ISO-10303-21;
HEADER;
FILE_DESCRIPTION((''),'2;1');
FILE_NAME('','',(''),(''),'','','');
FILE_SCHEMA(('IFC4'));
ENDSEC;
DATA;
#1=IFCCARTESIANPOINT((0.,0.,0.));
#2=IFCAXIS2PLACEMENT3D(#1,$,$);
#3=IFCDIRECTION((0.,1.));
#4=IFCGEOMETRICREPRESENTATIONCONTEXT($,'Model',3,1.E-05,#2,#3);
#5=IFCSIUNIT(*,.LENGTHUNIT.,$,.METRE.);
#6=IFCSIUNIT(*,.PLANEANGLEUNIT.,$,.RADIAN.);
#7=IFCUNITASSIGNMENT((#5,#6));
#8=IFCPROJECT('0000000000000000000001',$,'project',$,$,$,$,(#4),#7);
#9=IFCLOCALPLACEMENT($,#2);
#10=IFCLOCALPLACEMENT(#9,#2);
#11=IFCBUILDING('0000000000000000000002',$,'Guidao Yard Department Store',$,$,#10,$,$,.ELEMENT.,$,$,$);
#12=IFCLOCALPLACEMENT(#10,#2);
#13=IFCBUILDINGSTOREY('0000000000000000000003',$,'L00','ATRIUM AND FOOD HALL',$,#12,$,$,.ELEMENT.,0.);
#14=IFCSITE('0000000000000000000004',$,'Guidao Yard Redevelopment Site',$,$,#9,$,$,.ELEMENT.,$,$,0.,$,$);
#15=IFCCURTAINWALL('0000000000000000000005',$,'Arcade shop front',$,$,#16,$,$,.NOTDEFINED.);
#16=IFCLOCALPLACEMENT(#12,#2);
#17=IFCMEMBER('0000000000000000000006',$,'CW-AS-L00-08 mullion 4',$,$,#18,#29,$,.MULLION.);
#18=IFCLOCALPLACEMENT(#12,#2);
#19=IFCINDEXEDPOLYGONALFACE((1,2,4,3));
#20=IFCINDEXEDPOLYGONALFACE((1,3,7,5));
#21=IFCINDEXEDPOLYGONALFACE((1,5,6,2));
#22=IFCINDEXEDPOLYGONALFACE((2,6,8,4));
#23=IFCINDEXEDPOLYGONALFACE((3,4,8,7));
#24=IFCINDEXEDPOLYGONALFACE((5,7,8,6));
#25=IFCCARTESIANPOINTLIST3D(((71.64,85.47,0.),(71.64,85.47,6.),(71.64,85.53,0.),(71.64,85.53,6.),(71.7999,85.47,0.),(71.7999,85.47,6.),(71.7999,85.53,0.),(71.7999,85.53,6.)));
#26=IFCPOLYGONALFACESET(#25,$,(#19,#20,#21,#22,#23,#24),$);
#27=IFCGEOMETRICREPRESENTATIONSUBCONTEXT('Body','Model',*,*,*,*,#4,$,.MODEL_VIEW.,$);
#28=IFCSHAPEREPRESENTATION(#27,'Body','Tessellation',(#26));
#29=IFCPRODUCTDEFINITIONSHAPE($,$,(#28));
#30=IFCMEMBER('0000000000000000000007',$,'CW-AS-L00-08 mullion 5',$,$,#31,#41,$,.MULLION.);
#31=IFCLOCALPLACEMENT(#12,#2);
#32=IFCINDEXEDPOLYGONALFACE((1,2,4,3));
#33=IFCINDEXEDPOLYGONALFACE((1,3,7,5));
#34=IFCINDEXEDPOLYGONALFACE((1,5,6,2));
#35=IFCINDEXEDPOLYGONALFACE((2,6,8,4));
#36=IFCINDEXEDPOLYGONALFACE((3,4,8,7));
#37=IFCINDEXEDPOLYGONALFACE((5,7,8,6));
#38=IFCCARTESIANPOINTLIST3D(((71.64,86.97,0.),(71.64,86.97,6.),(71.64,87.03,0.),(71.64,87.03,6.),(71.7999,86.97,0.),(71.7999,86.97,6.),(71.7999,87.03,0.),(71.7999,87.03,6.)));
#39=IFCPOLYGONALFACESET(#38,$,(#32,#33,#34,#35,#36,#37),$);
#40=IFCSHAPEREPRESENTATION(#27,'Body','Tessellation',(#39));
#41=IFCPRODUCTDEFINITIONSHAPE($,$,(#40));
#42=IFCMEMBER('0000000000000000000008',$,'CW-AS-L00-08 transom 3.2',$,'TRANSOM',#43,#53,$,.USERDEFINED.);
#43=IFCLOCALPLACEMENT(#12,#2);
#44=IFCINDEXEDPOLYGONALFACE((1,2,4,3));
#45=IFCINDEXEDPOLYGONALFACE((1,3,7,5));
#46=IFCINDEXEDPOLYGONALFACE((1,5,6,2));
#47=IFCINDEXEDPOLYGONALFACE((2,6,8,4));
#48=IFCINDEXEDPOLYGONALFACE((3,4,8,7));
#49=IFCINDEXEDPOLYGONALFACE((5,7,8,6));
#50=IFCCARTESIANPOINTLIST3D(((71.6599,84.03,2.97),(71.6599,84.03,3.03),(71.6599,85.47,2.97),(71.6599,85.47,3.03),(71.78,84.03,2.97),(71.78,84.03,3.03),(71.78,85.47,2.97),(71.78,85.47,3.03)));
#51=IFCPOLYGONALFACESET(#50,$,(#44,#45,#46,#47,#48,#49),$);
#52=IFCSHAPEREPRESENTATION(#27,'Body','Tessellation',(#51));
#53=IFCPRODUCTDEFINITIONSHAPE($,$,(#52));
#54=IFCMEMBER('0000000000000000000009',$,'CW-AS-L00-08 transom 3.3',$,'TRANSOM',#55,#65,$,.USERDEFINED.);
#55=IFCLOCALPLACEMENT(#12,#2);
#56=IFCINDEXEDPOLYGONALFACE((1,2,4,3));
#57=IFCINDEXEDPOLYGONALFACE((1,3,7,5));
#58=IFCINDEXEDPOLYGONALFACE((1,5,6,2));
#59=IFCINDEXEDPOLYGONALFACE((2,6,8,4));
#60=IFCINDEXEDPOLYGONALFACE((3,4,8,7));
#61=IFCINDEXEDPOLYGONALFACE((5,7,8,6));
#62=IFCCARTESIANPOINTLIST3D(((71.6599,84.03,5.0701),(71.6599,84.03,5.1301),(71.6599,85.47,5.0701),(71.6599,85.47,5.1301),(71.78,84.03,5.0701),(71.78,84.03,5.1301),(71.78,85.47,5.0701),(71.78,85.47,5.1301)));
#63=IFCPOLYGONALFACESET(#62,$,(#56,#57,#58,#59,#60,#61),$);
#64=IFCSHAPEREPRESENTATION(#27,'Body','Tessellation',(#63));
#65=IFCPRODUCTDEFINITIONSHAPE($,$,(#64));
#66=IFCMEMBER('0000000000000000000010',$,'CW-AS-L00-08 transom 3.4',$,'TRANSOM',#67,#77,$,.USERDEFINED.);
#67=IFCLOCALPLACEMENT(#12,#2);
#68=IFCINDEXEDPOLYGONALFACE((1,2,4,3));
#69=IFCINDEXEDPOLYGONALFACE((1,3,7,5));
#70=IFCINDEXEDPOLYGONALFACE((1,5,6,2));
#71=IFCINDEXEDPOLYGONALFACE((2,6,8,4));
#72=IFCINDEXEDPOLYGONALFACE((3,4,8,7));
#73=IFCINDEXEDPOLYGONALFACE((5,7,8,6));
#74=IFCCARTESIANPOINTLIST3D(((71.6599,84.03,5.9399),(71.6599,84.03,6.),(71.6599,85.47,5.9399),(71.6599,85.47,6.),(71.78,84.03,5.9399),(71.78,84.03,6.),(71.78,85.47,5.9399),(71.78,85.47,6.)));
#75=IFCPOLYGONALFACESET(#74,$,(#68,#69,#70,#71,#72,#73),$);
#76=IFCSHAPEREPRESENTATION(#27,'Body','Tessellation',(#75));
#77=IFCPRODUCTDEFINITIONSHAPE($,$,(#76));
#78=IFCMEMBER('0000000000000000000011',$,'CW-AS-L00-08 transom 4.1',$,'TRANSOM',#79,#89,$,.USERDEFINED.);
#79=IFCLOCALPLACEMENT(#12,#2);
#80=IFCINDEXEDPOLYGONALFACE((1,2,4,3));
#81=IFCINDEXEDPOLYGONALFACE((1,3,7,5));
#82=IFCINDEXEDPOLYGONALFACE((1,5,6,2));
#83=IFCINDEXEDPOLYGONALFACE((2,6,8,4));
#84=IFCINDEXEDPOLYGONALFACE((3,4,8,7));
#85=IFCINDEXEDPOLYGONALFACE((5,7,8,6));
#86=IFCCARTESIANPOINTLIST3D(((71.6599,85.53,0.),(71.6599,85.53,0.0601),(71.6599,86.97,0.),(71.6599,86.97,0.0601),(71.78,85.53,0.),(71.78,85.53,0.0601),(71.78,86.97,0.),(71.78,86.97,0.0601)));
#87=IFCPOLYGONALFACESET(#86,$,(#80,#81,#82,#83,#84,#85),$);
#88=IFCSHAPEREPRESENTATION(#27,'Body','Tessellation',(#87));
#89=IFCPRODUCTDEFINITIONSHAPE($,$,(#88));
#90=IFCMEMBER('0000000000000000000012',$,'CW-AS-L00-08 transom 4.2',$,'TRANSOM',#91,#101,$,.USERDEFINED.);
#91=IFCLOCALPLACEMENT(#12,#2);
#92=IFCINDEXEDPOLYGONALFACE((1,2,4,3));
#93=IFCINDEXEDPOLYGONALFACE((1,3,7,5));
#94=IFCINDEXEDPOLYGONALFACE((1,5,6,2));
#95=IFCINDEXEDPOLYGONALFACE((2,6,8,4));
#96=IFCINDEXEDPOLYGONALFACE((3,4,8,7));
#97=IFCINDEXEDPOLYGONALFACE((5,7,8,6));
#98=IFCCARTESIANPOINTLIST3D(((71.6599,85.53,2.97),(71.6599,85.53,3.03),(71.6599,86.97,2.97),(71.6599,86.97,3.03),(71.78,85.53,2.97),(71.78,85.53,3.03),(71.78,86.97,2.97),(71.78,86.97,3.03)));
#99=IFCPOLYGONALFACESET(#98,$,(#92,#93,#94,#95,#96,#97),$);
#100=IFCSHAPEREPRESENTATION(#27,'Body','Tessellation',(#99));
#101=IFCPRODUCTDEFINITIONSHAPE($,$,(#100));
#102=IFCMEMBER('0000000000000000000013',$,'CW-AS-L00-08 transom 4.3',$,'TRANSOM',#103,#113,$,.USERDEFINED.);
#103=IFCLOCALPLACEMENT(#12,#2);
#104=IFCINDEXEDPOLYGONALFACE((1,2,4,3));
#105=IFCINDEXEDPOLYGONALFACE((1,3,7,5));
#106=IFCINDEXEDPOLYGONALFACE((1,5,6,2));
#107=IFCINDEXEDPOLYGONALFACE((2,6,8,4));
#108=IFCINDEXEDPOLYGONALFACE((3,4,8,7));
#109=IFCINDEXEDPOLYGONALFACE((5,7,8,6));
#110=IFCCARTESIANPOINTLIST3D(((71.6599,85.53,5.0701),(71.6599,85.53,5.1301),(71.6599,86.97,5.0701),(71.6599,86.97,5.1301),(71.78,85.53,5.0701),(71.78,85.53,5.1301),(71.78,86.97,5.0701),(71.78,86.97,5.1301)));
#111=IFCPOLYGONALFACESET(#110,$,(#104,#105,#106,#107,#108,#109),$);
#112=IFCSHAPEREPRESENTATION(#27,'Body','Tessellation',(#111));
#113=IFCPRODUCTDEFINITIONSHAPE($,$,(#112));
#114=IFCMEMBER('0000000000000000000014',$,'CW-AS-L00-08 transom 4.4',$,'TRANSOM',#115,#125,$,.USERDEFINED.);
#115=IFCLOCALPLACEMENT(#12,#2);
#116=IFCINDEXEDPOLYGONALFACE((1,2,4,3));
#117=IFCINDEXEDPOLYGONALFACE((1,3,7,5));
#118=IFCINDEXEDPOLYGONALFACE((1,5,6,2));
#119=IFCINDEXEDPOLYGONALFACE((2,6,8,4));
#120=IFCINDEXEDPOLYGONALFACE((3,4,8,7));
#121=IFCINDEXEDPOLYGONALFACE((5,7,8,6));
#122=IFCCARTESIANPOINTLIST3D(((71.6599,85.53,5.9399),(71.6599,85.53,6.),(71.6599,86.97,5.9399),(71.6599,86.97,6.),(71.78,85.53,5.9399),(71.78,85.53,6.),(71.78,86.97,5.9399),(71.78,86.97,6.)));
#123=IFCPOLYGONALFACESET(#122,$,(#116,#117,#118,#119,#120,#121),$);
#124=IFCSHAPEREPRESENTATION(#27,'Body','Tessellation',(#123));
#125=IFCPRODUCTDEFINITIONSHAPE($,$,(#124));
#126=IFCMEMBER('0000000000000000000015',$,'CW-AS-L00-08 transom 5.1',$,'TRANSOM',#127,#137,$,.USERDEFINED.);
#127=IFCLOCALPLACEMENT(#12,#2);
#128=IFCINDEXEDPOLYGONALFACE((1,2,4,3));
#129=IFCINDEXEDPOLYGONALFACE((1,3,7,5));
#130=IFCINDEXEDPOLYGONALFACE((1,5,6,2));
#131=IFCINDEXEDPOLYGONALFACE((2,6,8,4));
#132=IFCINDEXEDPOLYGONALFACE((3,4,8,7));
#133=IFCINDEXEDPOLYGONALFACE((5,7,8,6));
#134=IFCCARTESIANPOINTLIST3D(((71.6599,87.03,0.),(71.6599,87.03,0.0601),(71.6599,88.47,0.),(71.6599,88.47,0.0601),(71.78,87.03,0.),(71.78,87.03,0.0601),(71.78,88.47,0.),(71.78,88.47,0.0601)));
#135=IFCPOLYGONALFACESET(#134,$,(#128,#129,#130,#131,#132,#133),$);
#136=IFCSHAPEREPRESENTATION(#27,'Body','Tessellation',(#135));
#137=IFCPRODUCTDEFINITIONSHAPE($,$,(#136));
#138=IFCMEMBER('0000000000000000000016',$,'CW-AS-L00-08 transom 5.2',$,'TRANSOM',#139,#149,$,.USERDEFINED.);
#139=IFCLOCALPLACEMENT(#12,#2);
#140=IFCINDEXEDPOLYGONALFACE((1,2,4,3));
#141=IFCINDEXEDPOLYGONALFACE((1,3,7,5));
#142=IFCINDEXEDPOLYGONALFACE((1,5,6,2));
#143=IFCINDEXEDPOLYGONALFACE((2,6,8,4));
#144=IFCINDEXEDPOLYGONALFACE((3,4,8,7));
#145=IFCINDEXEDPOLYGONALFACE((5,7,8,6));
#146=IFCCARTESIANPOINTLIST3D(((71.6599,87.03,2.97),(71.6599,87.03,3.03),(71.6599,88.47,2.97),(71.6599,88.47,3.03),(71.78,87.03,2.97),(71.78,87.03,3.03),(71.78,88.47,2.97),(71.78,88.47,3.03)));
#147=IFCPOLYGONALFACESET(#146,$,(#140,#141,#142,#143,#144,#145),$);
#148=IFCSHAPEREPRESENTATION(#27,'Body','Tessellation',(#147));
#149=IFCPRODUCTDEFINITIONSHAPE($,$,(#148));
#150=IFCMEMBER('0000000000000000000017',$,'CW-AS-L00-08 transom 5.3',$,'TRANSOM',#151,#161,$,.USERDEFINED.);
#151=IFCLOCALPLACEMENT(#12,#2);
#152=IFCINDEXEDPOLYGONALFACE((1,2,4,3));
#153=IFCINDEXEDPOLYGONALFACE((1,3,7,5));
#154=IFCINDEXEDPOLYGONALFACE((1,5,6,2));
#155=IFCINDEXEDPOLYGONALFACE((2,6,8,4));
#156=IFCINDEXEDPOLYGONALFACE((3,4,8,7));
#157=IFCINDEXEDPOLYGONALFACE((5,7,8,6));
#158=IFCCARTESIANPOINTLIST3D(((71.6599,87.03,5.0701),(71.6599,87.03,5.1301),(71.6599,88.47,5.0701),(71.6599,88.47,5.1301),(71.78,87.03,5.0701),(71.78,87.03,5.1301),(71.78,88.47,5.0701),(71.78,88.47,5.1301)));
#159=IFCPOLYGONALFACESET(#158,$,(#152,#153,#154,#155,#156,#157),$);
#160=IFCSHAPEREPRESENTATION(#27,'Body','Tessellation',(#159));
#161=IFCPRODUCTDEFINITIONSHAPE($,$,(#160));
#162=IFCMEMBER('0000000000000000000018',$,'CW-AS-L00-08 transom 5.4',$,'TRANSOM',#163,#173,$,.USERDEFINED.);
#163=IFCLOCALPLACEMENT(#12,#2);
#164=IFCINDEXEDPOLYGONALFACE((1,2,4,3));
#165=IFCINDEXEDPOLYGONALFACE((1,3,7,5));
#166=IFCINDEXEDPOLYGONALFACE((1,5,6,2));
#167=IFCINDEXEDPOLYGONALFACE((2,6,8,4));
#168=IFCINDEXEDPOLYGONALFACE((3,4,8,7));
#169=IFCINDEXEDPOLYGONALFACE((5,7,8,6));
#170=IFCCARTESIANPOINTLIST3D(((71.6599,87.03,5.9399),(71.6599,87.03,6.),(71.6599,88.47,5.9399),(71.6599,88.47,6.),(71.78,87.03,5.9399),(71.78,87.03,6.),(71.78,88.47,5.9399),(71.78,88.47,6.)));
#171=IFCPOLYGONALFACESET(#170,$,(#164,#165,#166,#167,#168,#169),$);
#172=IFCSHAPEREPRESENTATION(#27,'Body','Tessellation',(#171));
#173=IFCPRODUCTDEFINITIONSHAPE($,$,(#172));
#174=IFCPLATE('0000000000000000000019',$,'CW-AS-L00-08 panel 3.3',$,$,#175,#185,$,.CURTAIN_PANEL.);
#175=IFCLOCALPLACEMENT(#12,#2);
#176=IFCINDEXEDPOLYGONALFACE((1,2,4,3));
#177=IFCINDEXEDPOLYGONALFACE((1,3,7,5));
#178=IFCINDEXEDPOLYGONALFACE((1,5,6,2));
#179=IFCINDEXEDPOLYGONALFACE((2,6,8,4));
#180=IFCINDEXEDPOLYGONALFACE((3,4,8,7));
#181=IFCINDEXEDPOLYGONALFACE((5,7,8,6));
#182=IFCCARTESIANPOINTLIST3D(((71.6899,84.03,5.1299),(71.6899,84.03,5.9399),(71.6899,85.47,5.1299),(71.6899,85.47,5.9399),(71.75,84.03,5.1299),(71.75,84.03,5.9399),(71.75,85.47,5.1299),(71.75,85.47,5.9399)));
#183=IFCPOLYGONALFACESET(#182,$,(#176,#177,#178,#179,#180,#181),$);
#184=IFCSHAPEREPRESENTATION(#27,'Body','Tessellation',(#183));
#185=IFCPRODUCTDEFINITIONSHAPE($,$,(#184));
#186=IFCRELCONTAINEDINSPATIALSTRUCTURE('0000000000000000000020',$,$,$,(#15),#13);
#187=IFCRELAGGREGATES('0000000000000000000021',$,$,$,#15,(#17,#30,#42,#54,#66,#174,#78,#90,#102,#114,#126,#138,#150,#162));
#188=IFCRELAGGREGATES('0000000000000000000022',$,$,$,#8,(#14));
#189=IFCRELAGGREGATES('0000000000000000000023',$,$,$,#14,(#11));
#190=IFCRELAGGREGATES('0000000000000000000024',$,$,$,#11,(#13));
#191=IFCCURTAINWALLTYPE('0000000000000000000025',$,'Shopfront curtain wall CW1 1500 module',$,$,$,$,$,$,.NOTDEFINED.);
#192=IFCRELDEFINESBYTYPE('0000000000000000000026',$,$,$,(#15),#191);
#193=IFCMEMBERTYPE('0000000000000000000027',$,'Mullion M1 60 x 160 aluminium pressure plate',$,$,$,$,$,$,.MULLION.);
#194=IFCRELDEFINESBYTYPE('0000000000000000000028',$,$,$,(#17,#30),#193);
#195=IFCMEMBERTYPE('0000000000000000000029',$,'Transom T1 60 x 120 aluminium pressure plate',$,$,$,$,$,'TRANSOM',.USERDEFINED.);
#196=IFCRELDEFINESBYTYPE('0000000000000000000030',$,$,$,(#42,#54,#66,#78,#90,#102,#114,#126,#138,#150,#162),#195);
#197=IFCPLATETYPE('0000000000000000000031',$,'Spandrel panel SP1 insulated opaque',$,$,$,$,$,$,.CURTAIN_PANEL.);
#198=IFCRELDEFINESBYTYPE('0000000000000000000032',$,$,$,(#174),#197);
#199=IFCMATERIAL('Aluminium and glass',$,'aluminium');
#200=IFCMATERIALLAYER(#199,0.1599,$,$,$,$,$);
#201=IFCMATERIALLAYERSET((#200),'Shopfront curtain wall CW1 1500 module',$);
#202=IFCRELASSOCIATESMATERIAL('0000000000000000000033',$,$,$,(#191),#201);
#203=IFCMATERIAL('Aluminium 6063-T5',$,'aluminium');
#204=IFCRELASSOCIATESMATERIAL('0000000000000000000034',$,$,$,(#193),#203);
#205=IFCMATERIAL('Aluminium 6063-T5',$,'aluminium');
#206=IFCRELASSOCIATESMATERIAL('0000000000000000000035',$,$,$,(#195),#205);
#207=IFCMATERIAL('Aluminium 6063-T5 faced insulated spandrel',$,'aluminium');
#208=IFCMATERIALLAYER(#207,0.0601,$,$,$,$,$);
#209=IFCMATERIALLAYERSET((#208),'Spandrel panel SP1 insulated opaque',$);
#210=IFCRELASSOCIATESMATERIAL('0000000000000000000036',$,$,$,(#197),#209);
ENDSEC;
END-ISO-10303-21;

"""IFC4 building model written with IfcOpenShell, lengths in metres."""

from ifc_helpers import new_model, si_unit, direction, frame, origin, origin_2d, place, context, subcontext, project, spatial, rectangle, extrude, material, layer, layer_set, material_profile, profile_set, type_object, element, aggregate, save


model = new_model("IFC4")

# Units and contexts
model_context = context("Model", 3, precision=1e-05, world=origin(), true_north=direction((0.0, 1.0)))
body_context = subcontext(model_context, "Body", "Model", "MODEL_VIEW")
ifc_project = project(units=[si_unit("LENGTHUNIT", "METRE"), si_unit("PLANEANGLEUNIT", "RADIAN")], contexts=[model_context])

# Site, building, storey
site_placement = place(None, origin())
site = spatial("IfcSite", under=ifc_project, at=site_placement, Name="Guidao Yard Redevelopment Site", CompositionType="ELEMENT", RefElevation=0.0)
building_placement = place(site_placement, origin())
building = spatial("IfcBuilding", under=site, at=building_placement, Name="Guidao Yard Department Store", CompositionType="ELEMENT")
storey_placement = place(building_placement, origin())
storey = spatial("IfcBuildingStorey", under=building, at=storey_placement, Name="L00", Description="ATRIUM AND FOOD HALL", CompositionType="ELEMENT", Elevation=0.0)

# Curtain wall, members, plate
ifc_material_1 = material(Name="Aluminium and glass", Category="aluminium")
ifc_layer_1 = layer(ifc_material_1, 0.1599)
ifc_layer_set_1 = layer_set([ifc_layer_1], Name="Shopfront curtain wall CW1 1500 module")
curtain_wall_type = type_object("IfcCurtainWallType", Name="Shopfront curtain wall CW1 1500 module", PredefinedType="NOTDEFINED", material=ifc_layer_set_1)
curtain_wall_placement = place(storey_placement, origin())
curtain_wall = element("IfcCurtainWall", 1, at=curtain_wall_placement, inside=storey, type_object=curtain_wall_type, Name="Arcade shop front", PredefinedType="NOTDEFINED")
ifc_material_2 = material(Name="Aluminium 6063-T5", Category="aluminium")
ifc_material_profile_1 = material_profile(ifc_material_2, rectangle(XDim=0.0601, YDim=0.1599, at=origin_2d()), Name="Mullion M1 60 x 160 aluminium pressure plate")
ifc_profile_set_1 = profile_set([ifc_material_profile_1], Name="Aluminium 6063-T5")
member_type_1 = type_object("IfcMemberType", Name="Mullion M1 60 x 160 aluminium pressure plate", PredefinedType="MULLION", material=ifc_profile_set_1)
member_1_placement = place(storey_placement, frame((71.72, 85.5, 0.0), z_axis=(0.0, 0.0, 1.0), x_axis=(0.0, 1.0, 0.0)))
member_1 = element("IfcMember", 2, at=member_1_placement, type_object=member_type_1, Name="CW-AS-L00-08 mullion 4", PredefinedType="MULLION", context=body_context, shape_type="SweptSolid", body=[
    extrude(rectangle(XDim=0.0601, YDim=0.1599, at=origin_2d()), origin(), (0.0, 0.0, 1.0), 6.0),
])
member_2_placement = place(storey_placement, frame((71.72, 87.0, 0.0), z_axis=(0.0, 0.0, 1.0), x_axis=(0.0, 1.0, 0.0)))
member_2 = element("IfcMember", 3, at=member_2_placement, type_object=member_type_1, Name="CW-AS-L00-08 mullion 5", PredefinedType="MULLION", context=body_context, shape_type="SweptSolid", body=[
    extrude(rectangle(XDim=0.0601, YDim=0.1599, at=origin_2d()), origin(), (0.0, 0.0, 1.0), 6.0),
])
ifc_material_3 = material(Name="Aluminium 6063-T5", Category="aluminium")
ifc_material_profile_2 = material_profile(ifc_material_3, rectangle(XDim=0.1201, YDim=0.0601, at=origin_2d()), Name="Transom T1 60 x 120 aluminium pressure plate")
ifc_profile_set_2 = profile_set([ifc_material_profile_2], Name="Aluminium 6063-T5")
member_type_2 = type_object("IfcMemberType", Name="Transom T1 60 x 120 aluminium pressure plate", ElementType="TRANSOM", PredefinedType="USERDEFINED", material=ifc_profile_set_2)
member_3_placement = place(storey_placement, frame((71.72, 84.03, 3.0), z_axis=(0.0, 1.0, 0.0), x_axis=(-1.0, 0.0, 0.0)))
member_3 = element("IfcMember", 4, at=member_3_placement, type_object=member_type_2, Name="CW-AS-L00-08 transom 3.2", ObjectType="TRANSOM", PredefinedType="USERDEFINED", context=body_context, shape_type="SweptSolid", body=[
    extrude(rectangle(XDim=0.1201, YDim=0.0601, at=origin_2d()), origin(), (0.0, 0.0, 1.0), 1.4399),
])
member_4_placement = place(storey_placement, frame((71.72, 84.03, 5.1001), z_axis=(0.0, 1.0, 0.0), x_axis=(-1.0, 0.0, 0.0)))
member_4 = element("IfcMember", 5, at=member_4_placement, type_object=member_type_2, Name="CW-AS-L00-08 transom 3.3", ObjectType="TRANSOM", PredefinedType="USERDEFINED", context=body_context, shape_type="SweptSolid", body=[
    extrude(rectangle(XDim=0.1201, YDim=0.0601, at=origin_2d()), origin(), (0.0, 0.0, 1.0), 1.4399),
])
member_5_placement = place(storey_placement, frame((71.72, 84.03, 5.97), z_axis=(0.0, 1.0, 0.0), x_axis=(-1.0, 0.0, 0.0)))
member_5 = element("IfcMember", 6, at=member_5_placement, type_object=member_type_2, Name="CW-AS-L00-08 transom 3.4", ObjectType="TRANSOM", PredefinedType="USERDEFINED", context=body_context, shape_type="SweptSolid", body=[
    extrude(rectangle(XDim=0.1201, YDim=0.0601, at=origin_2d()), origin(), (0.0, 0.0, 1.0), 1.4399),
])
member_6_placement = place(storey_placement, frame((71.72, 85.53, 0.03), z_axis=(0.0, 1.0, 0.0), x_axis=(-1.0, 0.0, 0.0)))
member_6 = element("IfcMember", 7, at=member_6_placement, type_object=member_type_2, Name="CW-AS-L00-08 transom 4.1", ObjectType="TRANSOM", PredefinedType="USERDEFINED", context=body_context, shape_type="SweptSolid", body=[
    extrude(rectangle(XDim=0.1201, YDim=0.0601, at=origin_2d()), origin(), (0.0, 0.0, 1.0), 1.4399),
])
member_7_placement = place(storey_placement, frame((71.72, 85.53, 3.0), z_axis=(0.0, 1.0, 0.0), x_axis=(-1.0, 0.0, 0.0)))
member_7 = element("IfcMember", 8, at=member_7_placement, type_object=member_type_2, Name="CW-AS-L00-08 transom 4.2", ObjectType="TRANSOM", PredefinedType="USERDEFINED", context=body_context, shape_type="SweptSolid", body=[
    extrude(rectangle(XDim=0.1201, YDim=0.0601, at=origin_2d()), origin(), (0.0, 0.0, 1.0), 1.4399),
])
member_8_placement = place(storey_placement, frame((71.72, 85.53, 5.1001), z_axis=(0.0, 1.0, 0.0), x_axis=(-1.0, 0.0, 0.0)))
member_8 = element("IfcMember", 9, at=member_8_placement, type_object=member_type_2, Name="CW-AS-L00-08 transom 4.3", ObjectType="TRANSOM", PredefinedType="USERDEFINED", context=body_context, shape_type="SweptSolid", body=[
    extrude(rectangle(XDim=0.1201, YDim=0.0601, at=origin_2d()), origin(), (0.0, 0.0, 1.0), 1.4399),
])
member_9_placement = place(storey_placement, frame((71.72, 85.53, 5.97), z_axis=(0.0, 1.0, 0.0), x_axis=(-1.0, 0.0, 0.0)))
member_9 = element("IfcMember", 10, at=member_9_placement, type_object=member_type_2, Name="CW-AS-L00-08 transom 4.4", ObjectType="TRANSOM", PredefinedType="USERDEFINED", context=body_context, shape_type="SweptSolid", body=[
    extrude(rectangle(XDim=0.1201, YDim=0.0601, at=origin_2d()), origin(), (0.0, 0.0, 1.0), 1.4399),
])
member_10_placement = place(storey_placement, frame((71.72, 87.03, 0.03), z_axis=(0.0, 1.0, 0.0), x_axis=(-1.0, 0.0, 0.0)))
member_10 = element("IfcMember", 11, at=member_10_placement, type_object=member_type_2, Name="CW-AS-L00-08 transom 5.1", ObjectType="TRANSOM", PredefinedType="USERDEFINED", context=body_context, shape_type="SweptSolid", body=[
    extrude(rectangle(XDim=0.1201, YDim=0.0601, at=origin_2d()), origin(), (0.0, 0.0, 1.0), 1.4399),
])
member_11_placement = place(storey_placement, frame((71.72, 87.03, 3.0), z_axis=(0.0, 1.0, 0.0), x_axis=(-1.0, 0.0, 0.0)))
member_11 = element("IfcMember", 12, at=member_11_placement, type_object=member_type_2, Name="CW-AS-L00-08 transom 5.2", ObjectType="TRANSOM", PredefinedType="USERDEFINED", context=body_context, shape_type="SweptSolid", body=[
    extrude(rectangle(XDim=0.1201, YDim=0.0601, at=origin_2d()), origin(), (0.0, 0.0, 1.0), 1.4399),
])
member_12_placement = place(storey_placement, frame((71.72, 87.03, 5.1001), z_axis=(0.0, 1.0, 0.0), x_axis=(-1.0, 0.0, 0.0)))
member_12 = element("IfcMember", 13, at=member_12_placement, type_object=member_type_2, Name="CW-AS-L00-08 transom 5.3", ObjectType="TRANSOM", PredefinedType="USERDEFINED", context=body_context, shape_type="SweptSolid", body=[
    extrude(rectangle(XDim=0.1201, YDim=0.0601, at=origin_2d()), origin(), (0.0, 0.0, 1.0), 1.4399),
])
member_13_placement = place(storey_placement, frame((71.72, 87.03, 5.97), z_axis=(0.0, 1.0, 0.0), x_axis=(-1.0, 0.0, 0.0)))
member_13 = element("IfcMember", 14, at=member_13_placement, type_object=member_type_2, Name="CW-AS-L00-08 transom 5.4", ObjectType="TRANSOM", PredefinedType="USERDEFINED", context=body_context, shape_type="SweptSolid", body=[
    extrude(rectangle(XDim=0.1201, YDim=0.0601, at=origin_2d()), origin(), (0.0, 0.0, 1.0), 1.4399),
])
ifc_material_4 = material(Name="Aluminium 6063-T5 faced insulated spandrel", Category="aluminium")
ifc_layer_2 = layer(ifc_material_4, 0.0601)
ifc_layer_set_2 = layer_set([ifc_layer_2], Name="Spandrel panel SP1 insulated opaque")
plate_type_1 = type_object("IfcPlateType", Name="Spandrel panel SP1 insulated opaque", PredefinedType="CURTAIN_PANEL", material=ifc_layer_set_2)
plate_1_placement = place(storey_placement, frame((71.72, 84.75, 5.1299), z_axis=(0.0, 0.0, 1.0), x_axis=(0.0, 1.0, 0.0)))
plate_1 = element("IfcPlate", 15, at=plate_1_placement, type_object=plate_type_1, Name="CW-AS-L00-08 panel 3.3", PredefinedType="CURTAIN_PANEL", context=body_context, shape_type="SweptSolid", body=[
    extrude(rectangle(XDim=1.4399, YDim=0.0601, at=origin_2d()), origin(), (0.0, 0.0, 1.0), 0.8101),
])
aggregate(curtain_wall, [member_1, member_2, member_3, member_4, member_5, plate_1, member_6, member_7, member_8, member_9, member_10, member_11, member_12, member_13])

save(model, "model.ifc")
